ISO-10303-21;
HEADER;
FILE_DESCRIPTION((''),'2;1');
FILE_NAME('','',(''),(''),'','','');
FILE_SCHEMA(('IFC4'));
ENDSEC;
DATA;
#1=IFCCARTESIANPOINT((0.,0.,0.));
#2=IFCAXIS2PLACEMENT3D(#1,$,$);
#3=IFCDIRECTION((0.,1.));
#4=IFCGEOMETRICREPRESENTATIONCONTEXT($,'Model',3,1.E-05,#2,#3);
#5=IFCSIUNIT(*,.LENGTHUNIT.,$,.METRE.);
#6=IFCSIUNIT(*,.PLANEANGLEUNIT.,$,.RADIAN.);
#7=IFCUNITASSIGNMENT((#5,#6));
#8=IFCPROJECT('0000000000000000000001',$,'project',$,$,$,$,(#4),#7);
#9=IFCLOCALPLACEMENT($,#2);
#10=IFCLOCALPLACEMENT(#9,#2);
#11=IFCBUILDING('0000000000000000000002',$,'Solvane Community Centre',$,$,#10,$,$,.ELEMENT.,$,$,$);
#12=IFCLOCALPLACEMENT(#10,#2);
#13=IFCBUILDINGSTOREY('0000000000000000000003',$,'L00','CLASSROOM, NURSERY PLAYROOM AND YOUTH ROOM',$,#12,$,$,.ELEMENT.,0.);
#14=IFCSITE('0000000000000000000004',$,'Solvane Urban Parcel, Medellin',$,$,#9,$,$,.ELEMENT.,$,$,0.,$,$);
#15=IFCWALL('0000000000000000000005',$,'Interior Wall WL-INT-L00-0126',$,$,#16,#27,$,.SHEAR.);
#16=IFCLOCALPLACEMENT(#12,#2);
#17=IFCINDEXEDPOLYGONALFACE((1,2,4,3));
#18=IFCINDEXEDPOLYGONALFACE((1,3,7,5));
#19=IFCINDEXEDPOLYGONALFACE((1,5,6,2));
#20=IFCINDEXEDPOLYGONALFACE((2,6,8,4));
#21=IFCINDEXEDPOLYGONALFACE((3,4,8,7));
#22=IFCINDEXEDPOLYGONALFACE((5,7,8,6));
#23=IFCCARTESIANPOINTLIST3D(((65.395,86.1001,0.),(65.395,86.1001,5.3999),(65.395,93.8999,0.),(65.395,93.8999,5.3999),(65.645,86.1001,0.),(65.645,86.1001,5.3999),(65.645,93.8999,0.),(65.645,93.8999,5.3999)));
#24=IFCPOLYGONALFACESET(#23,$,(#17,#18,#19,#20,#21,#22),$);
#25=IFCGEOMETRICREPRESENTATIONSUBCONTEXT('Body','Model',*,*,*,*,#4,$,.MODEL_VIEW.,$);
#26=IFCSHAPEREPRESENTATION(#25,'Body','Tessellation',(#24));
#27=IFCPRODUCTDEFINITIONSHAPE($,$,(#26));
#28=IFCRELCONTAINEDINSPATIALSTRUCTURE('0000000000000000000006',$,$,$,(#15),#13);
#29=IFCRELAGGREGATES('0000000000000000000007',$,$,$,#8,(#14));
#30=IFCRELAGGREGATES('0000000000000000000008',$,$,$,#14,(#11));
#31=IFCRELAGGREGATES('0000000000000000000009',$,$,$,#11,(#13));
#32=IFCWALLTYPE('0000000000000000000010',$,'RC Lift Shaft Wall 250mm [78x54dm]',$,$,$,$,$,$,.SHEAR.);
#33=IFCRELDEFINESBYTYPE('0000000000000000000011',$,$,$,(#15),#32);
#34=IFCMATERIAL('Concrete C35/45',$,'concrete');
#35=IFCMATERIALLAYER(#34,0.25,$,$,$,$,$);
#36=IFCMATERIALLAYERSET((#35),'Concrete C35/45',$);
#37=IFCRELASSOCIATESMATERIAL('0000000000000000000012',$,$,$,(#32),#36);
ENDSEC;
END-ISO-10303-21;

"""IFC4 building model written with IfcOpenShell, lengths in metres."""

from ifc_helpers import new_model, si_unit, direction, frame, frame_2d, origin, place, context, subcontext, project, spatial, rectangle, extrude, material, layer, layer_set, type_object, element, save


model = new_model("IFC4")

# Units and contexts
model_context = context("Model", 3, precision=1e-05, world=origin(), true_north=direction((0.0, 1.0)))
body_context = subcontext(model_context, "Body", "Model", "MODEL_VIEW")
ifc_project = project(units=[si_unit("LENGTHUNIT", "METRE"), si_unit("PLANEANGLEUNIT", "RADIAN")], contexts=[model_context])

# Site, building, storey
site_placement = place(None, origin())
site = spatial("IfcSite", under=ifc_project, at=site_placement, Name="Solvane Urban Parcel, Medellin", CompositionType="ELEMENT", RefElevation=0.0)
building_placement = place(site_placement, origin())
building = spatial("IfcBuilding", under=site, at=building_placement, Name="Solvane Community Centre", CompositionType="ELEMENT")
storey_placement = place(building_placement, origin())
storey = spatial("IfcBuildingStorey", under=building, at=storey_placement, Name="L00", Description="CLASSROOM, NURSERY PLAYROOM AND YOUTH ROOM", CompositionType="ELEMENT", Elevation=0.0)

# Shared definitions
ifc_material_1 = material(Name="Concrete C35/45", Category="concrete")

# Wall
ifc_layer_1 = layer(ifc_material_1, 0.25)
ifc_layer_set_1 = layer_set([ifc_layer_1], Name="Concrete C35/45")
wall_type_1 = type_object("IfcWallType", Name="RC Lift Shaft Wall 250mm [78x54dm]", PredefinedType="SHEAR", material=ifc_layer_set_1)
wall_1_placement = place(storey_placement, frame((65.52, 86.1001, 0.0), z_axis=(0.0, 0.0, 1.0), x_axis=(0.0, 1.0, 0.0)))
element("IfcWall", 1, at=wall_1_placement, inside=storey, type_object=wall_type_1, Name="Interior Wall WL-INT-L00-0126", PredefinedType="SHEAR", context=body_context, shape_type="SweptSolid", body=[
    extrude(rectangle(XDim=7.7998, YDim=0.25, at=frame_2d((3.8999, 0.0))), origin(), (0.0, 0.0, 1.0), 5.3999),
])

save(model, "model.ifc")
